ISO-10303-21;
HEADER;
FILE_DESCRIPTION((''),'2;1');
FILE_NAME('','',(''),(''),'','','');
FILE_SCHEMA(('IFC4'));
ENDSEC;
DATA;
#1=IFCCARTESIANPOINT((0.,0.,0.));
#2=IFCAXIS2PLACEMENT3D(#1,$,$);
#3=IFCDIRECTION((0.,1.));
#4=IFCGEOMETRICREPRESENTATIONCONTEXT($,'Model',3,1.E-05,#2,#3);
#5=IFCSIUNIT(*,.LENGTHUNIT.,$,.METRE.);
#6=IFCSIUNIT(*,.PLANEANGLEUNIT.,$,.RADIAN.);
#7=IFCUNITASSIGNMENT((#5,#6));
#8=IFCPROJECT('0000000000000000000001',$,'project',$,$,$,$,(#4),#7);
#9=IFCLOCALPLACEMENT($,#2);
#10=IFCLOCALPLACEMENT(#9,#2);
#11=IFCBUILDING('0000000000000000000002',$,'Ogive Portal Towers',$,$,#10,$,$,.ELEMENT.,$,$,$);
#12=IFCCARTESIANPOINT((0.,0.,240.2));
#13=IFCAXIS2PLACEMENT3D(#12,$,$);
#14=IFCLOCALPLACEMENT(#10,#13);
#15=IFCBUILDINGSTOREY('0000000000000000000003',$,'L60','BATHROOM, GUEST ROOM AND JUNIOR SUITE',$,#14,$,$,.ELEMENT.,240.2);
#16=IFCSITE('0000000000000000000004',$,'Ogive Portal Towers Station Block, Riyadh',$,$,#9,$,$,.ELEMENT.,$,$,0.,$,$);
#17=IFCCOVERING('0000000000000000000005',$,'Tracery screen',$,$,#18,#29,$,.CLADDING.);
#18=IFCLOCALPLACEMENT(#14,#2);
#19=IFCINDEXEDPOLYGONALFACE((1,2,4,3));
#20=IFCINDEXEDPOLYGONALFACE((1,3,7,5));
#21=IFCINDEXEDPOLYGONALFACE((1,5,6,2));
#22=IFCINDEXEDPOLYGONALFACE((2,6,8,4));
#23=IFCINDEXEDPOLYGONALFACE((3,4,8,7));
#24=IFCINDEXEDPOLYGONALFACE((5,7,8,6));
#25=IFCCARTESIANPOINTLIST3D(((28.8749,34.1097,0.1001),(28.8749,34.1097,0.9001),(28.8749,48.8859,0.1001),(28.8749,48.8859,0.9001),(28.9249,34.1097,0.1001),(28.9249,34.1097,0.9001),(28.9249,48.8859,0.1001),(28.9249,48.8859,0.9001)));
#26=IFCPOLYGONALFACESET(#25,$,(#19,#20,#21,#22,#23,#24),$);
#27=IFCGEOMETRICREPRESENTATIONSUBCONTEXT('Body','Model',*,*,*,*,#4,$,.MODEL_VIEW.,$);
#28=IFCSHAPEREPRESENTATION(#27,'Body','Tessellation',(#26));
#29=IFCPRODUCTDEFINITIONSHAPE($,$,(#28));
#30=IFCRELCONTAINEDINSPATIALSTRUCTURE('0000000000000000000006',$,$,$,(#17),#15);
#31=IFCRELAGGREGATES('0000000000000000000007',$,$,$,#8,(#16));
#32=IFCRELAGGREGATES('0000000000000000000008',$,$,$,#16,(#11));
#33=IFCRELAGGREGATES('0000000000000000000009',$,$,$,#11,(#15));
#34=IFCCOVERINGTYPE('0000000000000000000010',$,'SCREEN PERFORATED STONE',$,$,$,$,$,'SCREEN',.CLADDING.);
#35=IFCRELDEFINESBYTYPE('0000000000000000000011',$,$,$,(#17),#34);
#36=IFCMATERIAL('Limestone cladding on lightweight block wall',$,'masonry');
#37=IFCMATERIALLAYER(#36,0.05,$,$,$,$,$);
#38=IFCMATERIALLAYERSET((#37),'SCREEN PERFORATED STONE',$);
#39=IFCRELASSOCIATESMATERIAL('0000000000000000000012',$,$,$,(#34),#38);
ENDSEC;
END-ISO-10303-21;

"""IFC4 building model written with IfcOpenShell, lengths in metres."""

from ifc_helpers import new_model, si_unit, direction, frame, origin, origin_2d, place, context, subcontext, project, spatial, rectangle, extrude, material, layer, layer_set, type_object, element, save


model = new_model("IFC4")

# Units and contexts
model_context = context("Model", 3, precision=1e-05, world=origin(), true_north=direction((0.0, 1.0)))
body_context = subcontext(model_context, "Body", "Model", "MODEL_VIEW")
ifc_project = project(units=[si_unit("LENGTHUNIT", "METRE"), si_unit("PLANEANGLEUNIT", "RADIAN")], contexts=[model_context])

# Site, building, storey
site_placement = place(None, origin())
site = spatial("IfcSite", under=ifc_project, at=site_placement, Name="Ogive Portal Towers Station Block, Riyadh", CompositionType="ELEMENT", RefElevation=0.0)
building_placement = place(site_placement, origin())
building = spatial("IfcBuilding", under=site, at=building_placement, Name="Ogive Portal Towers", CompositionType="ELEMENT")
storey_placement = place(building_placement, frame((0.0, 0.0, 240.2)))
storey = spatial("IfcBuildingStorey", under=building, at=storey_placement, Name="L60", Description="BATHROOM, GUEST ROOM AND JUNIOR SUITE", CompositionType="ELEMENT", Elevation=240.2)

# Shared definitions
ifc_material_1 = material(Name="Limestone cladding on lightweight block wall", Category="masonry")

# Covering
ifc_layer_1 = layer(ifc_material_1, 0.05)
ifc_layer_set_1 = layer_set([ifc_layer_1], Name="SCREEN PERFORATED STONE")
covering_type_1 = type_object("IfcCoveringType", Name="SCREEN PERFORATED STONE", ElementType="SCREEN", PredefinedType="CLADDING", material=ifc_layer_set_1)
covering_1_placement = place(storey_placement, frame((28.8999, 41.4978, 0.1001), z_axis=(0.0, 0.0, 1.0), x_axis=(0.0, -1.0, 0.0)))
element("IfcCovering", 1, at=covering_1_placement, inside=storey, type_object=covering_type_1, Name="Tracery screen", PredefinedType="CLADDING", context=body_context, shape_type="SweptSolid", body=[
    extrude(rectangle(XDim=14.7761, YDim=0.05, at=origin_2d()), origin(), (0.0, 0.0, 1.0), 0.8),
])

save(model, "model.ifc")
